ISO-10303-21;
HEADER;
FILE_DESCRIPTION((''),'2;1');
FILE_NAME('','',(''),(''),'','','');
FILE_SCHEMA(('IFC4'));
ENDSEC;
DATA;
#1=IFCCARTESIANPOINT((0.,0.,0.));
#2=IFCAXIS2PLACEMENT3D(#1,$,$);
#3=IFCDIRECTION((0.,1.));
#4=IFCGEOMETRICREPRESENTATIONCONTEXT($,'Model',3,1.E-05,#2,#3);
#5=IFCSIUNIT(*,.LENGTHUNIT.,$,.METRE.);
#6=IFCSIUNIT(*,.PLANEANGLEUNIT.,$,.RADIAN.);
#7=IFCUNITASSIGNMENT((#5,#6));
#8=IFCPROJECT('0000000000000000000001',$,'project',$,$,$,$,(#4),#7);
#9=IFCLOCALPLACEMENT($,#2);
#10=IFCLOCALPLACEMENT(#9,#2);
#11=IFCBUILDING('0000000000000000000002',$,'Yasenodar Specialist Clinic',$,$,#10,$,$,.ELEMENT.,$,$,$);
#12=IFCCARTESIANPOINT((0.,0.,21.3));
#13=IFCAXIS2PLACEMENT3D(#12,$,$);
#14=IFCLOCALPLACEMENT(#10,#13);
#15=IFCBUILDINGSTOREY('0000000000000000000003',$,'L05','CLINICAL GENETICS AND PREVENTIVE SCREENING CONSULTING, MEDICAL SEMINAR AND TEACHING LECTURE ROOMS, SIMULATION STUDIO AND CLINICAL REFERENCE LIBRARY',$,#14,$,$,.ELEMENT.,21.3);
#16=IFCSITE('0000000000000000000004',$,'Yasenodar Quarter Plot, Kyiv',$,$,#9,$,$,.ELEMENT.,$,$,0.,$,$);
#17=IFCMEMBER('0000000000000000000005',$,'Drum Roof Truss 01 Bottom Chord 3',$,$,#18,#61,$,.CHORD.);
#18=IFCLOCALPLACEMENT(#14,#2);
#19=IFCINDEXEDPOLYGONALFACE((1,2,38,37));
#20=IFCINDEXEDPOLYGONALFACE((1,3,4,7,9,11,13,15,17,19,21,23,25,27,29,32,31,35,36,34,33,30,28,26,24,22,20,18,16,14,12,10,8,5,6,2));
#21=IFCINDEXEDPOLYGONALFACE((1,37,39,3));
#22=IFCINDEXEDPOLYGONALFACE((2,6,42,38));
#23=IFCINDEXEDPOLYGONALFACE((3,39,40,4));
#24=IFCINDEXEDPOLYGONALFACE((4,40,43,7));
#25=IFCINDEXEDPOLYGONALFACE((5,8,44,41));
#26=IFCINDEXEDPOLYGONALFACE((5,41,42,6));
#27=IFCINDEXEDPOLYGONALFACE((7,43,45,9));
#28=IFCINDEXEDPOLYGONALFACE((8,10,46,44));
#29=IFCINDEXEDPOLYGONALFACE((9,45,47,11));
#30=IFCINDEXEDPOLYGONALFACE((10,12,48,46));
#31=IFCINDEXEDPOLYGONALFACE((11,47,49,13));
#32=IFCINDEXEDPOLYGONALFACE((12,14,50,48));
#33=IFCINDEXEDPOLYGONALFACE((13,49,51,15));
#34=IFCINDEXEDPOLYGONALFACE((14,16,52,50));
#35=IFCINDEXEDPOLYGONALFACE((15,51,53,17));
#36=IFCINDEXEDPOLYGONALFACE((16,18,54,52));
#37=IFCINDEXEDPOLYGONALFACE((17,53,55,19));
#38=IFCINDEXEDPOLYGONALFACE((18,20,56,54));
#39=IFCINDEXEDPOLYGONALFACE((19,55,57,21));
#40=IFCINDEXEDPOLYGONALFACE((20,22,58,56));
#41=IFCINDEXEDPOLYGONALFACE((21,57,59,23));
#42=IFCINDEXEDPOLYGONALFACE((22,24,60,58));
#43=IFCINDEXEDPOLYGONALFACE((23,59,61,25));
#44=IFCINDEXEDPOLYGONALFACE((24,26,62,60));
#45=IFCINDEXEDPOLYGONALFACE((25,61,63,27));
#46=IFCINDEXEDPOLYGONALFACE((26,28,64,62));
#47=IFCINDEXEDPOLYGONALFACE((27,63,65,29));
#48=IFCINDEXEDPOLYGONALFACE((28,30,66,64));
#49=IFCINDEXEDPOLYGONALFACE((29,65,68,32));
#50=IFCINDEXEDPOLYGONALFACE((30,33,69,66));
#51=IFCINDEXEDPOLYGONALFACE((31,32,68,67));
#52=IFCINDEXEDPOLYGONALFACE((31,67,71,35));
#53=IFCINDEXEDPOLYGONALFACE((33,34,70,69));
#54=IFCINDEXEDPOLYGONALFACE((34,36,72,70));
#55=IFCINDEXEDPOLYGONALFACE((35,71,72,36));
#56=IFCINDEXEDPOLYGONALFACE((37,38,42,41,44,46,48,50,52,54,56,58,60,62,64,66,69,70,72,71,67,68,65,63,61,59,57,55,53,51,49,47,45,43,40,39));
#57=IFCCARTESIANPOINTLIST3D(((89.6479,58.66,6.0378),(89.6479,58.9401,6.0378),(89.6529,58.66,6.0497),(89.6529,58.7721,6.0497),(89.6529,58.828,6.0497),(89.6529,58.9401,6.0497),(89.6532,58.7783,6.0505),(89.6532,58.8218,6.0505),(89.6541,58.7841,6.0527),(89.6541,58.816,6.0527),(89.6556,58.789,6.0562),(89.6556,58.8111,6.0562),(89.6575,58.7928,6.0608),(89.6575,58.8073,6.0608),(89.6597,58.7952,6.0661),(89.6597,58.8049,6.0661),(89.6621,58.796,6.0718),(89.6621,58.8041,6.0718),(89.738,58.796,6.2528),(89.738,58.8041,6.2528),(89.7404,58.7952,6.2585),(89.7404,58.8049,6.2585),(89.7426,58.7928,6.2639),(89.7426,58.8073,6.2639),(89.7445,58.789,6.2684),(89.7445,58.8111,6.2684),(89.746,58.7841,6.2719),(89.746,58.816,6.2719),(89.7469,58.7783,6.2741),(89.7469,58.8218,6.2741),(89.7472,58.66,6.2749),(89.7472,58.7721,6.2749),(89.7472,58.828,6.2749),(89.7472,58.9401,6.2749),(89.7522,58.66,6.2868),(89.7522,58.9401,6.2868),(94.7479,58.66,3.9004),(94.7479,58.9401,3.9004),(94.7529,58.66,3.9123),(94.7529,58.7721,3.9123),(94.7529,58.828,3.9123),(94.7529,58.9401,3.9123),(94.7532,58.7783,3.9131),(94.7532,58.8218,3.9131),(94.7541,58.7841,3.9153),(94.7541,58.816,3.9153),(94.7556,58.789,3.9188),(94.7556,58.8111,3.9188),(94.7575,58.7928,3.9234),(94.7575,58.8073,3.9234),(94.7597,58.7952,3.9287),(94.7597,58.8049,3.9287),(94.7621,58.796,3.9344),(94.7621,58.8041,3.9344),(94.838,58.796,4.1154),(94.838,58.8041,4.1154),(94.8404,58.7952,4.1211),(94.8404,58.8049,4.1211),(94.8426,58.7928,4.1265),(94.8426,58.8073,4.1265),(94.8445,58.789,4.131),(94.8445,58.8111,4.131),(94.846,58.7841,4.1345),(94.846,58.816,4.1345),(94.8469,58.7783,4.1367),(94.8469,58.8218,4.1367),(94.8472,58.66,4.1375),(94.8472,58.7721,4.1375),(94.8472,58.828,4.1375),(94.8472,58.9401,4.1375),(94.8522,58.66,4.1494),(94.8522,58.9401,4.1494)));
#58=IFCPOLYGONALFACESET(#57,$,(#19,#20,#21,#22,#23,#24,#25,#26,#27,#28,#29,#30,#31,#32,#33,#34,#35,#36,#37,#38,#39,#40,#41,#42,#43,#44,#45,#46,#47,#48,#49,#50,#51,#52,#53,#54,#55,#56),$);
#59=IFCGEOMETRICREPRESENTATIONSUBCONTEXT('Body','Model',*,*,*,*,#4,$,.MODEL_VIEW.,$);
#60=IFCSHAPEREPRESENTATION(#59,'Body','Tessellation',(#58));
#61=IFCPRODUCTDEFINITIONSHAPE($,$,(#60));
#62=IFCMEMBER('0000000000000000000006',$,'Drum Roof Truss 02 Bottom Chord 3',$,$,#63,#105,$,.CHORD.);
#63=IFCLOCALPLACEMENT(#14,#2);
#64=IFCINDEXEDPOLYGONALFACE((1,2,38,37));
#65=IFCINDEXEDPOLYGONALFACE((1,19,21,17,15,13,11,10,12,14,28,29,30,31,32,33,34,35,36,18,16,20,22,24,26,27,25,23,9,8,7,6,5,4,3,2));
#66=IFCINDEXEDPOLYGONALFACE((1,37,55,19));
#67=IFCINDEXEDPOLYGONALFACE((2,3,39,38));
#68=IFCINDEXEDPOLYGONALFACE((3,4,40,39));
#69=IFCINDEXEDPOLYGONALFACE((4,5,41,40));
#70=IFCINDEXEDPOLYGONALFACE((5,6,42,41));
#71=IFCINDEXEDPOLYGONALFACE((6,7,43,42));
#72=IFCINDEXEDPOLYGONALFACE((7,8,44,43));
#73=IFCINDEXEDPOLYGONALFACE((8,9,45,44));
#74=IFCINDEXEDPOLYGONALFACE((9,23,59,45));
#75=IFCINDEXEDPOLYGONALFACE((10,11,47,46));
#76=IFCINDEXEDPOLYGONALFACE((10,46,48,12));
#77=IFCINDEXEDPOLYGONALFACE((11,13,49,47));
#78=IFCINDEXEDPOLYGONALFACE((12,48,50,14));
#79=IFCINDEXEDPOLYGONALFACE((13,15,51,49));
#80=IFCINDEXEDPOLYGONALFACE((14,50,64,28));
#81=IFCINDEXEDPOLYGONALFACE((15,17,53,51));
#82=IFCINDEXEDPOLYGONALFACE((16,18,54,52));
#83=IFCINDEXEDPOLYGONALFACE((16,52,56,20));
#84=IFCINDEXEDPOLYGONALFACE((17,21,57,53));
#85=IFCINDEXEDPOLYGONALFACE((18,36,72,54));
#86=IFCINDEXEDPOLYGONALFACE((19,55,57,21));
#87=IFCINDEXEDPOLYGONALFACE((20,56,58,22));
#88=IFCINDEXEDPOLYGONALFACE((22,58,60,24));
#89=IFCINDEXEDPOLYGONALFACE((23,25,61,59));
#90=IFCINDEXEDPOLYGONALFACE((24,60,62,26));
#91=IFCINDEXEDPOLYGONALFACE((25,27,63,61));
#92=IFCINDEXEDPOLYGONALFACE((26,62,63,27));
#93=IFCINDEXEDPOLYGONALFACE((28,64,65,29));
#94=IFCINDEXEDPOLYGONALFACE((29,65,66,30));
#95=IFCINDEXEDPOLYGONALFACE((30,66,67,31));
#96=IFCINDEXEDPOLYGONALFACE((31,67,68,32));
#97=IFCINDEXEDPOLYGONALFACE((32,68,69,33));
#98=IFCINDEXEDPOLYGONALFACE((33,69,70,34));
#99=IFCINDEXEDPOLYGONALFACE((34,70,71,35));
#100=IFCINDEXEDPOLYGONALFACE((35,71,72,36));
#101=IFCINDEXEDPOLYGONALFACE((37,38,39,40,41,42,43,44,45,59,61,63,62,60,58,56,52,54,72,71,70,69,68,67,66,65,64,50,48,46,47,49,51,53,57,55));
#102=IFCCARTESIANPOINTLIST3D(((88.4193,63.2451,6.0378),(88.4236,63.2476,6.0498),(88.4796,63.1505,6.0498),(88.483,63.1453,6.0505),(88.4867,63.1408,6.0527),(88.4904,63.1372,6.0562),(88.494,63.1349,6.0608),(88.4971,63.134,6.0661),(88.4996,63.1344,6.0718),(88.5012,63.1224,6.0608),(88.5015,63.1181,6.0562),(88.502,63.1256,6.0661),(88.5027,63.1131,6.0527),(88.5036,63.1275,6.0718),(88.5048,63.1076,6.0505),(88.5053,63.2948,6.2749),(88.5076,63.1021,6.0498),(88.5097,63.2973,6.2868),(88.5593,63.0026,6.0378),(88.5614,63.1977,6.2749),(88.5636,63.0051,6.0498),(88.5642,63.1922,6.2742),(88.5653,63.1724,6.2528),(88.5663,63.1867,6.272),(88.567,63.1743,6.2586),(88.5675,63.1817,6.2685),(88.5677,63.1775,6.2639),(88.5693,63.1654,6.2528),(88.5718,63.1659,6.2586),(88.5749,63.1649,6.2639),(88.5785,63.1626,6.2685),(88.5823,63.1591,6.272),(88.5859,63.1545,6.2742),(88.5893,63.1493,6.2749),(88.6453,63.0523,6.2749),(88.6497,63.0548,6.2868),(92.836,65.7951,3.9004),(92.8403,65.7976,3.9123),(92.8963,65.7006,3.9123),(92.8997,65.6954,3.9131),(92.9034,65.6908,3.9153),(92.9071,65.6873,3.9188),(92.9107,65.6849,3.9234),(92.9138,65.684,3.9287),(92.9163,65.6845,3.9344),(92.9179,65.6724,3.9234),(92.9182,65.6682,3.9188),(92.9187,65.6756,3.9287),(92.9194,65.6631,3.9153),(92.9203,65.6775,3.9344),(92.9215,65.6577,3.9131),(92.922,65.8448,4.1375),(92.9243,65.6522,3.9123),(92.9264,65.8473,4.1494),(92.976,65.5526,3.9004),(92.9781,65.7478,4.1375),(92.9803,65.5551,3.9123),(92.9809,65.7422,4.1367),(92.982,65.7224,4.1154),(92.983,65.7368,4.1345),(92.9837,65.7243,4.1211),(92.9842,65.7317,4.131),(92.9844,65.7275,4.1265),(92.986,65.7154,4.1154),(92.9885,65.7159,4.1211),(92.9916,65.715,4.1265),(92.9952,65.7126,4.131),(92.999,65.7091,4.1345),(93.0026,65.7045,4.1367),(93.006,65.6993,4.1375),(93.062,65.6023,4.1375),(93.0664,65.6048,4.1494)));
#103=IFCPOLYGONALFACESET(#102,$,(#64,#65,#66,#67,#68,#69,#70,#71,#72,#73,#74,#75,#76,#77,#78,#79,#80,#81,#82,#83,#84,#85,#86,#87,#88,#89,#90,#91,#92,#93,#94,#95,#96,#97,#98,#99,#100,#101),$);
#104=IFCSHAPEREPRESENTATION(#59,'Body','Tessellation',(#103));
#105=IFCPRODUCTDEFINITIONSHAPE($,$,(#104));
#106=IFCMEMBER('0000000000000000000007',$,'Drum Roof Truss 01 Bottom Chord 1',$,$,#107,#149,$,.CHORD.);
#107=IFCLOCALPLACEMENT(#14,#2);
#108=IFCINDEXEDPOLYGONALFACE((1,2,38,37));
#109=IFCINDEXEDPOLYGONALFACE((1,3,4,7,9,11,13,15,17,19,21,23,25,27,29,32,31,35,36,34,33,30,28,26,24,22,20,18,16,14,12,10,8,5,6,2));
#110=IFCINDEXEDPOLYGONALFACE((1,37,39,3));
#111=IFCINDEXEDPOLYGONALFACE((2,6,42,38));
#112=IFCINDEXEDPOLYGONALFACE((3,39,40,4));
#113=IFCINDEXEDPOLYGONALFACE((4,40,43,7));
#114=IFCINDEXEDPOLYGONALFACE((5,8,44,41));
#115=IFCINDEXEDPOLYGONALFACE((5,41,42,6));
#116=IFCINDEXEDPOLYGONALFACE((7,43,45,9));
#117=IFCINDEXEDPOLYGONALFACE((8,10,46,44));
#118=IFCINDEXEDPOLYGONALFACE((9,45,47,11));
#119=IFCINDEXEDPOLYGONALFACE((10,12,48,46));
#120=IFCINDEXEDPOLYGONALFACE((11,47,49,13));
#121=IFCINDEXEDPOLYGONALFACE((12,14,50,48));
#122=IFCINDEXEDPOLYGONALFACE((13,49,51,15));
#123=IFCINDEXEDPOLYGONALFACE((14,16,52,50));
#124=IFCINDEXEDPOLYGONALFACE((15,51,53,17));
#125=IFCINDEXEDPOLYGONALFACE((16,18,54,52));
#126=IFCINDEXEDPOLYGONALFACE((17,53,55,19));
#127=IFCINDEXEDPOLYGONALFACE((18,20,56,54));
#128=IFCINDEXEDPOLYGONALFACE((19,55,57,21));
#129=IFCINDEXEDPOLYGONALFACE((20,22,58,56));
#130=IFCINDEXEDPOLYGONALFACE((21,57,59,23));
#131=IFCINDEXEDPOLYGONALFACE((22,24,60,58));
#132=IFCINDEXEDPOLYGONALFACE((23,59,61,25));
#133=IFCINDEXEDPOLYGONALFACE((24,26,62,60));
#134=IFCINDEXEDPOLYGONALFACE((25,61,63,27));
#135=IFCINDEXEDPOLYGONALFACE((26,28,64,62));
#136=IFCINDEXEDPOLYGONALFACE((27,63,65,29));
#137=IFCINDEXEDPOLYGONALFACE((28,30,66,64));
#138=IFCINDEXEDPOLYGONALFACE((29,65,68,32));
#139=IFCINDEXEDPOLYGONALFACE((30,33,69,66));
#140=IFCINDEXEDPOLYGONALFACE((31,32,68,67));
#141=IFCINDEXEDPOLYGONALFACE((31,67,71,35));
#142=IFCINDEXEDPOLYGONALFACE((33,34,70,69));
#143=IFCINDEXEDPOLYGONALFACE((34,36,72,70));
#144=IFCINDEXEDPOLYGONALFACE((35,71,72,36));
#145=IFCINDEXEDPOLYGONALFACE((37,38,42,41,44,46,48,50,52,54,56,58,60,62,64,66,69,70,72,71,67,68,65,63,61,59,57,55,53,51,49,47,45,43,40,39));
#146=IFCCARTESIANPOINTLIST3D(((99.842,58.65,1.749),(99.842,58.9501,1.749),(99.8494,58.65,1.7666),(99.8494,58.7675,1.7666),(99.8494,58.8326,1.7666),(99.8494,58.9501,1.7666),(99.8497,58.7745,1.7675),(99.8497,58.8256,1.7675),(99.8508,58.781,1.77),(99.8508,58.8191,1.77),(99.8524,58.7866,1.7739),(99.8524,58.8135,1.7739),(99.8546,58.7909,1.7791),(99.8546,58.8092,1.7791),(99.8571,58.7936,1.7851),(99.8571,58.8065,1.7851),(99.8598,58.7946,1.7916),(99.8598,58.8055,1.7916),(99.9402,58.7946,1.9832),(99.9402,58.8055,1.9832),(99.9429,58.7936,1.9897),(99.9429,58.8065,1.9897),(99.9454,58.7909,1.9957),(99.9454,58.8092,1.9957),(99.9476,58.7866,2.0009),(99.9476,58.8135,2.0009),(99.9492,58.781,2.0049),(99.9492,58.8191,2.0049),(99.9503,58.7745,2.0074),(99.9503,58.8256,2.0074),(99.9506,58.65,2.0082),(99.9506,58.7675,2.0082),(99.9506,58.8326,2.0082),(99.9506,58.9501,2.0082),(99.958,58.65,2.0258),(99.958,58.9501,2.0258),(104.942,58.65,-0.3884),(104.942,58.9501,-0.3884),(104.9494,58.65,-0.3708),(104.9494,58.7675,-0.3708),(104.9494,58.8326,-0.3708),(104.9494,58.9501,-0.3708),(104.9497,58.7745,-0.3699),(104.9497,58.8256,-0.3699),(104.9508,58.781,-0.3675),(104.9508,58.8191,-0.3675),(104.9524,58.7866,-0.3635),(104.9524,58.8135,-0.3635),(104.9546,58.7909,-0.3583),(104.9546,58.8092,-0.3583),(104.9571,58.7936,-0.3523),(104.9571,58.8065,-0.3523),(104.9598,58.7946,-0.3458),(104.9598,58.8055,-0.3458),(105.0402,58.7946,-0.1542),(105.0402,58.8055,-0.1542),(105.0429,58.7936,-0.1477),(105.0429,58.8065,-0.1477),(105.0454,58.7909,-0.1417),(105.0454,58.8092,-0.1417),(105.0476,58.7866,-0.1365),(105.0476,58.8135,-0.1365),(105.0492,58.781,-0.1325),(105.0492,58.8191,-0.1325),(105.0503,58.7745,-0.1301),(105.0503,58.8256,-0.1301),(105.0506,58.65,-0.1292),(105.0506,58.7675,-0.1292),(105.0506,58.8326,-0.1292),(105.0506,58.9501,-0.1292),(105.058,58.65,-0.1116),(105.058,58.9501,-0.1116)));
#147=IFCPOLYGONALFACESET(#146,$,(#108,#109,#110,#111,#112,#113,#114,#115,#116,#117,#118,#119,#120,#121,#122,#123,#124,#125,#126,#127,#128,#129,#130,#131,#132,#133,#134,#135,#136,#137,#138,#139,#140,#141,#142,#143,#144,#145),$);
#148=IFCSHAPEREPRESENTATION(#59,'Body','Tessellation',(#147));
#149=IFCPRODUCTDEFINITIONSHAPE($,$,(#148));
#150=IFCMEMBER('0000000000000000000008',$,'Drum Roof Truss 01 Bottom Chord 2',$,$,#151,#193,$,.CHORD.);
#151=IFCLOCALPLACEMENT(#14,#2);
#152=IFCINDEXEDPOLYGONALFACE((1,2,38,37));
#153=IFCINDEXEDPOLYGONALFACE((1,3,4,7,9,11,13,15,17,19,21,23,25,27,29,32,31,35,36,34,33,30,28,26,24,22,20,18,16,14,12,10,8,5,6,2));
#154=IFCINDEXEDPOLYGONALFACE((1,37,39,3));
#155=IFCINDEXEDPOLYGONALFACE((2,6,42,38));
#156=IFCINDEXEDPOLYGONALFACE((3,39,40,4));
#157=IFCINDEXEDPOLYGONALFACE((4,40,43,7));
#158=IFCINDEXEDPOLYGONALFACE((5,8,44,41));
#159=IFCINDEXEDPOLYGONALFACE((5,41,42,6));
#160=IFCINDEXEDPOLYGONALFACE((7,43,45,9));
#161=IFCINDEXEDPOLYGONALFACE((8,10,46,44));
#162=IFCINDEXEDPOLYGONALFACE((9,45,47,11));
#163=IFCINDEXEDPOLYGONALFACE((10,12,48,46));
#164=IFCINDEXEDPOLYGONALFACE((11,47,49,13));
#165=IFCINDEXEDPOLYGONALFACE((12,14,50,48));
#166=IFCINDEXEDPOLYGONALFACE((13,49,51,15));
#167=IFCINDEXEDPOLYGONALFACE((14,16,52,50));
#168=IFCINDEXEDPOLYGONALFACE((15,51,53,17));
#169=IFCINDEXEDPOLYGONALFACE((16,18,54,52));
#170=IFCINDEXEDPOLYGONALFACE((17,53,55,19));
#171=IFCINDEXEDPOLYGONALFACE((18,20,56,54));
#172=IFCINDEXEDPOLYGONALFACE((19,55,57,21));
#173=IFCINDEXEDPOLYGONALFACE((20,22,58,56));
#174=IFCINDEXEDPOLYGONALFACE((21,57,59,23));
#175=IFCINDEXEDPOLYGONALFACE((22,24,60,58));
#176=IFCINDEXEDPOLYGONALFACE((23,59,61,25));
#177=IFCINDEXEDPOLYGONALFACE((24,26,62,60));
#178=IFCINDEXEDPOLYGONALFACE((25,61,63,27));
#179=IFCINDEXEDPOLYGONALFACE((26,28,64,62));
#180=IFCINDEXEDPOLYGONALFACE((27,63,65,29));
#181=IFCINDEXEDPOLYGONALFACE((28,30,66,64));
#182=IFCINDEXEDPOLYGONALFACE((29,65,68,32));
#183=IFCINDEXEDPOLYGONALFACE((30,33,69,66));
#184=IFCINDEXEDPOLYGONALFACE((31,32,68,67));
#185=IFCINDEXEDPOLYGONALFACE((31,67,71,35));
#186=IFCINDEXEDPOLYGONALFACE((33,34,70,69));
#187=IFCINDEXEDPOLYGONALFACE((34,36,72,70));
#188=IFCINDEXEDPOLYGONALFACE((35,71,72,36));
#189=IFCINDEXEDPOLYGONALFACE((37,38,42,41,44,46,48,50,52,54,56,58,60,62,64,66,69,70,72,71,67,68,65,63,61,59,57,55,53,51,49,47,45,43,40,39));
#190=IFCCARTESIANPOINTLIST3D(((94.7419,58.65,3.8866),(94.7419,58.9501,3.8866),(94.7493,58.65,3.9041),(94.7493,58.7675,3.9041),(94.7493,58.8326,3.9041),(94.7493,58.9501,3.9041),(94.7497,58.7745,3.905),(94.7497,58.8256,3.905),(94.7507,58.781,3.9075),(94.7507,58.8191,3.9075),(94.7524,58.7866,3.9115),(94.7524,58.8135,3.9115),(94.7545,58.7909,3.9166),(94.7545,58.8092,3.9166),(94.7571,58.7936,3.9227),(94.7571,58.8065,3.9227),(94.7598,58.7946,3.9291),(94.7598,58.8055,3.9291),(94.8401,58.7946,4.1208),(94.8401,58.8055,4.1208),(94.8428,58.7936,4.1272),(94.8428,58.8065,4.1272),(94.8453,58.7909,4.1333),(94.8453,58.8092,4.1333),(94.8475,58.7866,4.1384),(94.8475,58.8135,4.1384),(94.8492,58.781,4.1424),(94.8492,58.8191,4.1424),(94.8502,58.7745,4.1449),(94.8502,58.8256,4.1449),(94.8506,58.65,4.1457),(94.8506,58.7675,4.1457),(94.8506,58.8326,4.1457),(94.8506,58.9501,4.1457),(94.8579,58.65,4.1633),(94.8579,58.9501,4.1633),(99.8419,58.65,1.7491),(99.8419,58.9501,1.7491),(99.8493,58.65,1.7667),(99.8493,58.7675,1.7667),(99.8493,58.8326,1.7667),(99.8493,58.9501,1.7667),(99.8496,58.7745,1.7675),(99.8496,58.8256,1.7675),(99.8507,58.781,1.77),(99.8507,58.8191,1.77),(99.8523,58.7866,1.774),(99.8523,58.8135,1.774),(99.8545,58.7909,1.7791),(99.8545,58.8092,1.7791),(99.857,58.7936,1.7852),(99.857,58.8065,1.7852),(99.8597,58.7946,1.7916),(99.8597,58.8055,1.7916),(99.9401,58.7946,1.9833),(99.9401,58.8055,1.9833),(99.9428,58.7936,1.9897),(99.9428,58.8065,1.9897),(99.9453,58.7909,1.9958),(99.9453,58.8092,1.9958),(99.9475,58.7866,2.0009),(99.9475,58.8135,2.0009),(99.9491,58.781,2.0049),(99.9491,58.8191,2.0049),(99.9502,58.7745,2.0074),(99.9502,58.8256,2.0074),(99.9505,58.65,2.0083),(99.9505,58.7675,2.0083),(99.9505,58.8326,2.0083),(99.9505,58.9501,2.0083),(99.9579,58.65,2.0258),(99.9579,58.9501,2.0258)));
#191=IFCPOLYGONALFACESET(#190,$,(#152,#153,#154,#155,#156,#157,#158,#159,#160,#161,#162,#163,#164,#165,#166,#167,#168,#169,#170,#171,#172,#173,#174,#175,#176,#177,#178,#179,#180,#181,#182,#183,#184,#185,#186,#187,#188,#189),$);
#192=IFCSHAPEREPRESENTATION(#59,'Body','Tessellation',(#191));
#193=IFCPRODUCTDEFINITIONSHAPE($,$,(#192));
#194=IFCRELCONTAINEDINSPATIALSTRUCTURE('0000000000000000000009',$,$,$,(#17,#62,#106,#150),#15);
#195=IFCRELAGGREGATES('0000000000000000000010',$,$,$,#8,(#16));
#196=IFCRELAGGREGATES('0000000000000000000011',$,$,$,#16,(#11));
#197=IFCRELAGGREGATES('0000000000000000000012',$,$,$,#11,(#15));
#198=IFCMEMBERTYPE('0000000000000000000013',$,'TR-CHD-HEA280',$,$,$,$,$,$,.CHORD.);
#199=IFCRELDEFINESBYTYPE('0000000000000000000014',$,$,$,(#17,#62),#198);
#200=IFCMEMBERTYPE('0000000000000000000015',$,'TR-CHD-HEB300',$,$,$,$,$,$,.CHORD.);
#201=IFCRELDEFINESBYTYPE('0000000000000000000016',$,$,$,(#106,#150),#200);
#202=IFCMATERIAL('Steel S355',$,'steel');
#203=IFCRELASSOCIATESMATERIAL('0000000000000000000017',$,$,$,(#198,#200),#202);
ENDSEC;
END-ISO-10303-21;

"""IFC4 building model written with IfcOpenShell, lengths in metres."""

from ifc_helpers import new_model, si_unit, direction, frame, origin, origin_2d, place, context, subcontext, project, spatial, i_section, extrude, material, material_profile, profile_set, type_object, element, save


model = new_model("IFC4")

# Units and contexts
model_context = context("Model", 3, precision=1e-05, world=origin(), true_north=direction((0.0, 1.0)))
body_context = subcontext(model_context, "Body", "Model", "MODEL_VIEW")
ifc_project = project(units=[si_unit("LENGTHUNIT", "METRE"), si_unit("PLANEANGLEUNIT", "RADIAN")], contexts=[model_context])

# Site, building, storey
site_placement = place(None, origin())
site = spatial("IfcSite", under=ifc_project, at=site_placement, Name="Yasenodar Quarter Plot, Kyiv", CompositionType="ELEMENT", RefElevation=0.0)
building_placement = place(site_placement, origin())
building = spatial("IfcBuilding", under=site, at=building_placement, Name="Yasenodar Specialist Clinic", CompositionType="ELEMENT")
storey_placement = place(building_placement, frame((0.0, 0.0, 21.3)))
storey = spatial("IfcBuildingStorey", under=building, at=storey_placement, Name="L05", Description="CLINICAL GENETICS AND PREVENTIVE SCREENING CONSULTING, MEDICAL SEMINAR AND TEACHING LECTURE ROOMS, SIMULATION STUDIO AND CLINICAL REFERENCE LIBRARY", CompositionType="ELEMENT", Elevation=21.3)

# Members
ifc_material = material(Name="Steel S355", Category="steel")
ifc_material_profile_1 = material_profile(ifc_material, i_section(OverallWidth=0.28, OverallDepth=0.27, WebThickness=0.0081, FlangeThickness=0.0129, FilletRadius=0.0239, at=origin_2d()), Name="HEA 280")
ifc_profile_set_1 = profile_set([ifc_material_profile_1], Name="Steel S355")
member_type_1 = type_object("IfcMemberType", Name="TR-CHD-HEA280", PredefinedType="CHORD", material=ifc_profile_set_1)
for number, where, z_axis, x_axis, name in (
    (1, (94.8, 58.8, 4.0249), (-0.922278, 0.0, 0.386527), (0.0, -1.0, 0.0), "Drum Roof Truss 01 Bottom Chord 3"),
    (2, (92.9512, 65.7, 4.0249), (-0.798712, -0.461143, 0.386531), (0.500006, -0.866022, 0.0), "Drum Roof Truss 02 Bottom Chord 3"),
):
    element("IfcMember", number, at=place(storey_placement, frame(where, z_axis=z_axis, x_axis=x_axis)), inside=storey, type_object=member_type_1, Name=name, PredefinedType="CHORD", context=body_context, shape_type="SweptSolid", body=[
        extrude(i_section(OverallWidth=0.28, OverallDepth=0.27, WebThickness=0.0081, FlangeThickness=0.0129, FilletRadius=0.0239, at=origin_2d()), origin(), (0.0, 0.0, 1.0), 5.5298),
    ])
ifc_material_profile_2 = material_profile(ifc_material, i_section(OverallWidth=0.3, OverallDepth=0.3, WebThickness=0.011, FlangeThickness=0.019, FilletRadius=0.0271, at=origin_2d()), Name="HEB 300")
ifc_profile_set_2 = profile_set([ifc_material_profile_2], Name="Steel S355")
member_type_2 = type_object("IfcMemberType", Name="TR-CHD-HEB300", PredefinedType="CHORD", material=ifc_profile_set_2)
for number, where, z_axis, x_axis, name in (
    (3, (105.0, 58.8, -0.25), (-0.922278, 0.0, 0.386527), (0.0, -1.0, 0.0), "Drum Roof Truss 01 Bottom Chord 1"),
    (4, (99.8999, 58.8, 1.8875), (-0.922272, 0.0, 0.386543), (0.0, -1.0, 0.0), "Drum Roof Truss 01 Bottom Chord 2"),
):
    element("IfcMember", number, at=place(storey_placement, frame(where, z_axis=z_axis, x_axis=x_axis)), inside=storey, type_object=member_type_2, Name=name, PredefinedType="CHORD", context=body_context, shape_type="SweptSolid", body=[
        extrude(i_section(OverallWidth=0.3, OverallDepth=0.3, WebThickness=0.011, FlangeThickness=0.019, FilletRadius=0.0271, at=origin_2d()), origin(), (0.0, 0.0, 1.0), 5.5298),
    ])

save(model, "model.ifc")
